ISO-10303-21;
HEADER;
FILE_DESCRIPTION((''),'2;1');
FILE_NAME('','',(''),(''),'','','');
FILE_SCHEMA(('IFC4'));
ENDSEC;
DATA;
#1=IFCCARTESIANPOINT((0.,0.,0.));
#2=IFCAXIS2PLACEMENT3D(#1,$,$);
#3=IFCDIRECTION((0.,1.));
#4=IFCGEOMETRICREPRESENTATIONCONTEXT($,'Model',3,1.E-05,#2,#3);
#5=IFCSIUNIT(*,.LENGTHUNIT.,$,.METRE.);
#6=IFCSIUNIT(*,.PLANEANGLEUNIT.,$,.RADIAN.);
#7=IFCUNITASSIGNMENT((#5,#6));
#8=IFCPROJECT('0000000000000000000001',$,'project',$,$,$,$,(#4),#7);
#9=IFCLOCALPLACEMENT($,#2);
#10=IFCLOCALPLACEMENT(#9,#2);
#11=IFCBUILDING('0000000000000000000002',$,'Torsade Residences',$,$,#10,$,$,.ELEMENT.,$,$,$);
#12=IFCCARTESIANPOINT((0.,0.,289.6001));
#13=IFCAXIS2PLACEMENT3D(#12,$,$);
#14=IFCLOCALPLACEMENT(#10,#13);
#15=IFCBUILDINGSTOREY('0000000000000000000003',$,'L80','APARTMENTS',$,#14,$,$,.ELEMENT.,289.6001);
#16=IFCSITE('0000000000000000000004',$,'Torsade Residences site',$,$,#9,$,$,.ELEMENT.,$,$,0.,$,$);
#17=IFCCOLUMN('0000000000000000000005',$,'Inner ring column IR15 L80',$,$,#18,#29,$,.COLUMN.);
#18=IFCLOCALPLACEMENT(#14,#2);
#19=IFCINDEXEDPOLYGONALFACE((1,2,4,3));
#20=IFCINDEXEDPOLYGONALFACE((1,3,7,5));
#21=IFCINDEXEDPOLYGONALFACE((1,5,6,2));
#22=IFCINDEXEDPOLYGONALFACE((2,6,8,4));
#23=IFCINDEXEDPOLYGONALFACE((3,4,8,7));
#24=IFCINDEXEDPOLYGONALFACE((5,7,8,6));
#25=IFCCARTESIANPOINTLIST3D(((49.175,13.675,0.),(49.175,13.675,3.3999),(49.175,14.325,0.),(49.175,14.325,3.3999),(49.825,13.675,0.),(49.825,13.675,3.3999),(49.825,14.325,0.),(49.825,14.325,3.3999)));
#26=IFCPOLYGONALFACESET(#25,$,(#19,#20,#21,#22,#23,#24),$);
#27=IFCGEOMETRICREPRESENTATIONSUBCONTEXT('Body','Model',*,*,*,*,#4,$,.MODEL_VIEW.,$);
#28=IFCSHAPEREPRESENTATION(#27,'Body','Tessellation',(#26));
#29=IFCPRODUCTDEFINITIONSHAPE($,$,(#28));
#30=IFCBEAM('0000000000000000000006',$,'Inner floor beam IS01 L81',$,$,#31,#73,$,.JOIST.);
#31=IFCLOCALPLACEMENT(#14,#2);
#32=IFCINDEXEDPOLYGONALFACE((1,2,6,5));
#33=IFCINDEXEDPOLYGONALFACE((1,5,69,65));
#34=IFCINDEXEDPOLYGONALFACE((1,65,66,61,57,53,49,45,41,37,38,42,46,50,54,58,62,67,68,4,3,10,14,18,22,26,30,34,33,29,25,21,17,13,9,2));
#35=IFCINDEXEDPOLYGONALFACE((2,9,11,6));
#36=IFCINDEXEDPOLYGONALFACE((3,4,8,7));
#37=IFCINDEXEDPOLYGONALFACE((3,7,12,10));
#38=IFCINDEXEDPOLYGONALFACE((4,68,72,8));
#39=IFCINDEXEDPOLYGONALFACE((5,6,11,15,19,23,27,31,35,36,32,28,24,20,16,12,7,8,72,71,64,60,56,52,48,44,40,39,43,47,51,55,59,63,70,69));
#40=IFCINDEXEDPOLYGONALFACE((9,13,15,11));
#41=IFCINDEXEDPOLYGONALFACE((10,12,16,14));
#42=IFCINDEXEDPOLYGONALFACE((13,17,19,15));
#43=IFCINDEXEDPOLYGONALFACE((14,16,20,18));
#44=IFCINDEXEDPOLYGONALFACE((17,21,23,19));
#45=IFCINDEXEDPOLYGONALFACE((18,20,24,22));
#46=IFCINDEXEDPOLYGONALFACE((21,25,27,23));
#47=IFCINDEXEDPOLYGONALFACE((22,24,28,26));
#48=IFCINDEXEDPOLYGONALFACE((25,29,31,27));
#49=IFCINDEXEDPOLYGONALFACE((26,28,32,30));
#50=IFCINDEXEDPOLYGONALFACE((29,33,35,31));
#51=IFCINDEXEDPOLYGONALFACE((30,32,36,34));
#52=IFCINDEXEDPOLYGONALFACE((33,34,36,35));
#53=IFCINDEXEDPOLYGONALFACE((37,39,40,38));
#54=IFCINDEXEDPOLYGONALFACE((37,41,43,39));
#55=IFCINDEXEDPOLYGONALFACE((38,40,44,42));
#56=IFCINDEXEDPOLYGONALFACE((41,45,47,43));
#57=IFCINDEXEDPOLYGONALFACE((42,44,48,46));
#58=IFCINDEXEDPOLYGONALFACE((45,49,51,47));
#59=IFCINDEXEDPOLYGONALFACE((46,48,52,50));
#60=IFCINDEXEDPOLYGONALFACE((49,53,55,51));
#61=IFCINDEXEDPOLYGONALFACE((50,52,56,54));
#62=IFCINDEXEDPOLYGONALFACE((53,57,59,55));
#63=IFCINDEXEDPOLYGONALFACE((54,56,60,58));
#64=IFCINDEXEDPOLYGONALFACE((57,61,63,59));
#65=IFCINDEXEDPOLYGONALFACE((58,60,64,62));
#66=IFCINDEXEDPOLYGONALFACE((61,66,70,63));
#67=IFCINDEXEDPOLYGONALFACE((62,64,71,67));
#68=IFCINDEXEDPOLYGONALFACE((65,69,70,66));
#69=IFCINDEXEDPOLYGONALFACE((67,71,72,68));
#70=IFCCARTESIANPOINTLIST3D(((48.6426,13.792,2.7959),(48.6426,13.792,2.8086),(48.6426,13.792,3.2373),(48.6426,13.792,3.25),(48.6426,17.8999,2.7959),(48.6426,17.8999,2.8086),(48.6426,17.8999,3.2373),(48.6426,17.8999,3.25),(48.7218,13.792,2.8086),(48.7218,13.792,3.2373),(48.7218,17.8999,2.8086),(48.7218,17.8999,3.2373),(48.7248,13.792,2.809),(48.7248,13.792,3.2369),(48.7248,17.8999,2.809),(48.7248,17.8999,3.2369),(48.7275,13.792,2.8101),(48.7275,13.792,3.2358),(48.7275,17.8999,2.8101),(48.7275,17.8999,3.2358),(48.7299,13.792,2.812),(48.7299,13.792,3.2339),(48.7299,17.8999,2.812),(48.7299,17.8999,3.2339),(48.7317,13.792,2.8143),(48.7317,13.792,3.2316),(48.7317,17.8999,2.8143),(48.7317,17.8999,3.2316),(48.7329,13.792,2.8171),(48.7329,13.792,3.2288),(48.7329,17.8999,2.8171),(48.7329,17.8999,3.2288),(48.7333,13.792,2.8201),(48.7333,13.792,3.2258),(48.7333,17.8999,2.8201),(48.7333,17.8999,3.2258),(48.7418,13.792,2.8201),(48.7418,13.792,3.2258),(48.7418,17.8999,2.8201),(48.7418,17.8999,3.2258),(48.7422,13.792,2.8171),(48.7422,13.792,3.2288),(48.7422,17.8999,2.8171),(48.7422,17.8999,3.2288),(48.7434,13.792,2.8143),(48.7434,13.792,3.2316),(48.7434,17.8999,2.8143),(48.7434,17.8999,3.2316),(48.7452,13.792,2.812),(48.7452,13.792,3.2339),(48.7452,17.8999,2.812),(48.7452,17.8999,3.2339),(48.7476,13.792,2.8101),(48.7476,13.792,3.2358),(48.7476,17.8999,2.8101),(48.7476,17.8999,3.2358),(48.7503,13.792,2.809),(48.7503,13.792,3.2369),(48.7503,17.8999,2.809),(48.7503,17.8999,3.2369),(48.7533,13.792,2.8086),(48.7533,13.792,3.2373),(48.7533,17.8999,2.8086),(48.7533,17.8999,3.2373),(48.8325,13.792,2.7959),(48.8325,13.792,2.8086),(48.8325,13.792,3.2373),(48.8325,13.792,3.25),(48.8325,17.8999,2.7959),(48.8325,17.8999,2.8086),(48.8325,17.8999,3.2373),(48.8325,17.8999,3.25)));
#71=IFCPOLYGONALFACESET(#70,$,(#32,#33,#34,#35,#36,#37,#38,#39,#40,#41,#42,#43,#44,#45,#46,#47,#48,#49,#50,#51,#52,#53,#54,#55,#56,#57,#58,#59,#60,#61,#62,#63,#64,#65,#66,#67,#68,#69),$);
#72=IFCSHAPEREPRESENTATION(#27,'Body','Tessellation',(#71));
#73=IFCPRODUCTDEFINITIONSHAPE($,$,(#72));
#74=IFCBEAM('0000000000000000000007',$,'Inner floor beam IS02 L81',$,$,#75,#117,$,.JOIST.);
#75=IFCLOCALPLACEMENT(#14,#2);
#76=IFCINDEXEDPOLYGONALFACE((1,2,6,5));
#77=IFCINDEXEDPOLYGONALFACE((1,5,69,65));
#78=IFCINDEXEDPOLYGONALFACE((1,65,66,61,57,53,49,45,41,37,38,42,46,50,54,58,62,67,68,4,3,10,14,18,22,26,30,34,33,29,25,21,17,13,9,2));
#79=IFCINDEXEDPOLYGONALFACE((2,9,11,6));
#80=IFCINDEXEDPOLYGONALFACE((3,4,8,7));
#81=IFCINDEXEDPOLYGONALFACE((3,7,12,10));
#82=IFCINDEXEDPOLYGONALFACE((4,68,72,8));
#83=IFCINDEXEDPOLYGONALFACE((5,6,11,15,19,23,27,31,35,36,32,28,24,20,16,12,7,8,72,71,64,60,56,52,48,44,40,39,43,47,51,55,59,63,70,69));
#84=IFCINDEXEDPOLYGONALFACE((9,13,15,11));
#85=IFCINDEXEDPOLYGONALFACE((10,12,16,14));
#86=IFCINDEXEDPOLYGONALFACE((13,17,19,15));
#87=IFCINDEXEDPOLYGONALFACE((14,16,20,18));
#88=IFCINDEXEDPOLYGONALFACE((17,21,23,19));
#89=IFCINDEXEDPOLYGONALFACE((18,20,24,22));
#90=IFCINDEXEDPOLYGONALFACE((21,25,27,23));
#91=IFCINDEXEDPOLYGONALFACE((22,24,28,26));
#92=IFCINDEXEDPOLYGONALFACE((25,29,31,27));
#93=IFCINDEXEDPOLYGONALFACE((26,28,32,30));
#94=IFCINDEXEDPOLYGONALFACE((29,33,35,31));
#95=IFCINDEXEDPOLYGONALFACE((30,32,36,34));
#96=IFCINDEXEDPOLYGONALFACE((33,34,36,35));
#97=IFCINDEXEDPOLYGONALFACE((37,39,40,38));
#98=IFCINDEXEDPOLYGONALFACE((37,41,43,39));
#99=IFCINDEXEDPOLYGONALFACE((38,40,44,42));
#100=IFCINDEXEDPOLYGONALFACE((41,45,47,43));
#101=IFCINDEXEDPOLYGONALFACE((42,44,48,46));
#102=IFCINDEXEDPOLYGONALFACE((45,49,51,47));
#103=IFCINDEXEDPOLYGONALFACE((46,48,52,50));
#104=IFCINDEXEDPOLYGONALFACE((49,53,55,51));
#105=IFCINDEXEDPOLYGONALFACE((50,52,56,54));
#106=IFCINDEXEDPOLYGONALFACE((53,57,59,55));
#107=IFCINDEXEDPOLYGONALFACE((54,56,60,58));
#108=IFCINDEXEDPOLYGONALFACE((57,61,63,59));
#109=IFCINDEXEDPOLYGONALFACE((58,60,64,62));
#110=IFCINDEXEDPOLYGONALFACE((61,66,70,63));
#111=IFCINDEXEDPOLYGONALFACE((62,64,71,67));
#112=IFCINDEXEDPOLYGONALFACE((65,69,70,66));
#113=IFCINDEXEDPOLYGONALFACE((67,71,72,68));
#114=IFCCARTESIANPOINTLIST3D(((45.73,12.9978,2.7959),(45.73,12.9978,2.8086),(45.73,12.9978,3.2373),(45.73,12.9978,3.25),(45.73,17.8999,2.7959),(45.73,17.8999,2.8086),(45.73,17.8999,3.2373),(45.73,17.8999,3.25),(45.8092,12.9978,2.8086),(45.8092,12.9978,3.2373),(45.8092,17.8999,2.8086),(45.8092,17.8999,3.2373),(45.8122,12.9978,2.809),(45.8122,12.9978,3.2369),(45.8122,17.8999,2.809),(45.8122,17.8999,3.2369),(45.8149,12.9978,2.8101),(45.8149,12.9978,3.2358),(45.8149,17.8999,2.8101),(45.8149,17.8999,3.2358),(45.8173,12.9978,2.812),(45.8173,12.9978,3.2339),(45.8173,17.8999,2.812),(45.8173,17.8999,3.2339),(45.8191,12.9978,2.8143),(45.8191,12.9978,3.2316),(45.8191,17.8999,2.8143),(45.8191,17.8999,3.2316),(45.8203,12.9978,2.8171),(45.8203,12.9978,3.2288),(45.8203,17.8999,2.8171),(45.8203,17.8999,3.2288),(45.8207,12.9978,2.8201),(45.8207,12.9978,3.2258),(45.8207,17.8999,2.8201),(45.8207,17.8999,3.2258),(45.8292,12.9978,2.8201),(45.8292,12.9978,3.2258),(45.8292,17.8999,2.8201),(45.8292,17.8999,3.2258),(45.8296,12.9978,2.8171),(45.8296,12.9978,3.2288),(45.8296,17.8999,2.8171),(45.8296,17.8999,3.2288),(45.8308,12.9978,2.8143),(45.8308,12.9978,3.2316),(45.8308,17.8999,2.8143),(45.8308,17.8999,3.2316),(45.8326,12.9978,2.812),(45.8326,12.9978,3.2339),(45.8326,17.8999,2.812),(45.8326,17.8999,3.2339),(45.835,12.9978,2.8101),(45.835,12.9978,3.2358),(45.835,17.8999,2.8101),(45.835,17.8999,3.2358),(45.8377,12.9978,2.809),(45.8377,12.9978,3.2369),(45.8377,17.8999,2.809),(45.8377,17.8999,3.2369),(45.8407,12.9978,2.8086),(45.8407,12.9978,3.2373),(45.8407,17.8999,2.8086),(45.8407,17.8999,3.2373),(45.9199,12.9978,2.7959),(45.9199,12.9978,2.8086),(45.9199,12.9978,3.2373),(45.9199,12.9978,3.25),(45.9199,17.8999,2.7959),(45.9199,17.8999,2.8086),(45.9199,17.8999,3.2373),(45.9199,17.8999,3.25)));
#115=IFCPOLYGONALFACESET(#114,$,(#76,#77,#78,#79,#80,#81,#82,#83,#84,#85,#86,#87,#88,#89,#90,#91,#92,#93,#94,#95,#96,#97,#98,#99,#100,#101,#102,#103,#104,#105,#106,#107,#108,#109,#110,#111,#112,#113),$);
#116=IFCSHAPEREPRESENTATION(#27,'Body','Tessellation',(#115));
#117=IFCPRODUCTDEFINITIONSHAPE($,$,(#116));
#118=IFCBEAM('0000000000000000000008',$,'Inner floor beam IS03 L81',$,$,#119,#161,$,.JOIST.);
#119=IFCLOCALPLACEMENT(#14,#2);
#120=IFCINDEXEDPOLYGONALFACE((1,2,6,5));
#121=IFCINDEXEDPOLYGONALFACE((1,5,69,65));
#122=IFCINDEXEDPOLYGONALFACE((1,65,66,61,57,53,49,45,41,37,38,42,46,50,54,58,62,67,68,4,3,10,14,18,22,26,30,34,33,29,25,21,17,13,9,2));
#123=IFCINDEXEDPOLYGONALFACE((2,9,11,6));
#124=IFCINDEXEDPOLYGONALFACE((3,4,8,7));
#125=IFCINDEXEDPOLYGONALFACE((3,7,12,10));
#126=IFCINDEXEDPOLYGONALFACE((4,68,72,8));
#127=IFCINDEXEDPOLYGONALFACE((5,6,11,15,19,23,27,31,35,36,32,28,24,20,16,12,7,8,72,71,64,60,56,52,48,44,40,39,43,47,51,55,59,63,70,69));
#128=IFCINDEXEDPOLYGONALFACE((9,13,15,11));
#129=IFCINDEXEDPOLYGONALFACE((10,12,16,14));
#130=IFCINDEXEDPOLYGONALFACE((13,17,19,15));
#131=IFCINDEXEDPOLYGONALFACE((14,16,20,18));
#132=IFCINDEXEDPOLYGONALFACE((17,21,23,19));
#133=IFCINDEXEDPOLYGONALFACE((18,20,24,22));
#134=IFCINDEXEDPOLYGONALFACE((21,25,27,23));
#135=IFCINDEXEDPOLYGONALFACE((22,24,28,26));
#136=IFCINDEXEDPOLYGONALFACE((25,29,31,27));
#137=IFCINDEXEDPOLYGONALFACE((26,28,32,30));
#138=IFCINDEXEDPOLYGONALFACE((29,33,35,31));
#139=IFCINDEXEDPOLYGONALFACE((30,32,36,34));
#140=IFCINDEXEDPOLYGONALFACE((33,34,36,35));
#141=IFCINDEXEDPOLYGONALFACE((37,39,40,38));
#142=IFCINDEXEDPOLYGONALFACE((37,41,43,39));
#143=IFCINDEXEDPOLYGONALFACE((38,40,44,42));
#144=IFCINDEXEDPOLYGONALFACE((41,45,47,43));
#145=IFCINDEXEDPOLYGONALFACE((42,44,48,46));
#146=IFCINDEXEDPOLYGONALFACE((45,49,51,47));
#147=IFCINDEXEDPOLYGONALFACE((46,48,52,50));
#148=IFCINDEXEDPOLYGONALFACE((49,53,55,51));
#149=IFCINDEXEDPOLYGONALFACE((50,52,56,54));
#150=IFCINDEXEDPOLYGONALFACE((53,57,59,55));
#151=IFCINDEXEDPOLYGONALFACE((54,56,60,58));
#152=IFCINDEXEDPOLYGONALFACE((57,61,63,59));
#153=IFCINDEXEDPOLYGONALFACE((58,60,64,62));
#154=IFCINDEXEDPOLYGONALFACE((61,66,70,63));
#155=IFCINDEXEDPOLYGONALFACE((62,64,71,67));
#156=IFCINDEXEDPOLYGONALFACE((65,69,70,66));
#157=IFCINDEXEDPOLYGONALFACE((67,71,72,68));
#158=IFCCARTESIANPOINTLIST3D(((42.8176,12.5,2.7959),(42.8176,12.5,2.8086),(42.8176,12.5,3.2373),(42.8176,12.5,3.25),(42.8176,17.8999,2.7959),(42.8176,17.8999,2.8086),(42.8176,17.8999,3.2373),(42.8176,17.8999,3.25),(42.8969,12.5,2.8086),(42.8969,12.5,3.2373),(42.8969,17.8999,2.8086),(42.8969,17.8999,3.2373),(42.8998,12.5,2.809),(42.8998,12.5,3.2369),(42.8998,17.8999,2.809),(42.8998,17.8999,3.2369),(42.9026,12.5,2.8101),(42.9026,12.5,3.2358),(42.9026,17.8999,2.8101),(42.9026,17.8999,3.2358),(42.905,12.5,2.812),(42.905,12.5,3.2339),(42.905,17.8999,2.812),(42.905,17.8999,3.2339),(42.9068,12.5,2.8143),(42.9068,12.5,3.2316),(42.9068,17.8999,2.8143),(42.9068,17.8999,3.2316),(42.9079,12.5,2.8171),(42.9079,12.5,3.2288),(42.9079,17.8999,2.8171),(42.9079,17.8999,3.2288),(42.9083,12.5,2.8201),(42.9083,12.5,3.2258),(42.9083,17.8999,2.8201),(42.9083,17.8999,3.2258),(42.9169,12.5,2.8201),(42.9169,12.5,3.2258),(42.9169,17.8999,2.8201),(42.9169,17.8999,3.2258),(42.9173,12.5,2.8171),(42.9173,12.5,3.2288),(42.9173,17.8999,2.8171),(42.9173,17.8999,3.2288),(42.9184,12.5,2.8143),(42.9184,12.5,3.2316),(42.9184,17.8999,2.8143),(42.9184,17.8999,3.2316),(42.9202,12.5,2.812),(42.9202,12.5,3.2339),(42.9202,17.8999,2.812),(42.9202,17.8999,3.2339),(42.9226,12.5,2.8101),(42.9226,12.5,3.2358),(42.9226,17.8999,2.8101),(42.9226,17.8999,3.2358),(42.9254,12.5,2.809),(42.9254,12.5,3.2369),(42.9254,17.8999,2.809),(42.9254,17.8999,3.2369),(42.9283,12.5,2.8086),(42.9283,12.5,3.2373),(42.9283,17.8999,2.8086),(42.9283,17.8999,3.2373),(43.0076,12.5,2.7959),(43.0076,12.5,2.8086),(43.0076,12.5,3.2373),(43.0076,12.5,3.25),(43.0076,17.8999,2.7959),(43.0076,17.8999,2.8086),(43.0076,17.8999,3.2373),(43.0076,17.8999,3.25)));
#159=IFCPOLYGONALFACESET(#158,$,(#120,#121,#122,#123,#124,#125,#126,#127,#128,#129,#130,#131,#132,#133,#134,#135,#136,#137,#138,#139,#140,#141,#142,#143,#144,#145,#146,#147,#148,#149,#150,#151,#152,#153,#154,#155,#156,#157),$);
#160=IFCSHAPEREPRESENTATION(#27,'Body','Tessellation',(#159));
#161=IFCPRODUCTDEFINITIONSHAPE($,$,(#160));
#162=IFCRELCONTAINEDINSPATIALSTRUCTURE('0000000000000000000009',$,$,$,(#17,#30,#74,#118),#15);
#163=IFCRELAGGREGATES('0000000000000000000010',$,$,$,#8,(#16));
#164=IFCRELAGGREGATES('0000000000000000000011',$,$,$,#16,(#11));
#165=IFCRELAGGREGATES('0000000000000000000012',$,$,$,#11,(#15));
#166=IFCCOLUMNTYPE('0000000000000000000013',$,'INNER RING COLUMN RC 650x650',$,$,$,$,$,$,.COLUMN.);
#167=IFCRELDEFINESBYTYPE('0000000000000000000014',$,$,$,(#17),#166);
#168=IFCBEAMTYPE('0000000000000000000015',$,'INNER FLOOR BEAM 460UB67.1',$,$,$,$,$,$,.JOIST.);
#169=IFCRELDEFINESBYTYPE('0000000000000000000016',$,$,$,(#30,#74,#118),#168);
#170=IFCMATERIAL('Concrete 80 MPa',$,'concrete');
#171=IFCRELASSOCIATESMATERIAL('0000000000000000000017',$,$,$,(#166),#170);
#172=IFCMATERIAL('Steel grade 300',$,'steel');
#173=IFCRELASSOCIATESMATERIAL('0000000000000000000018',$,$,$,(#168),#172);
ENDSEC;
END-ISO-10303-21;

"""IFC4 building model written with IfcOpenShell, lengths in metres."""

from ifc_helpers import new_model, si_unit, direction, frame, origin, origin_2d, place, context, subcontext, project, spatial, rectangle, i_section, extrude, material, material_profile, profile_set, type_object, element, save


model = new_model("IFC4")

# Units and contexts
model_context = context("Model", 3, precision=1e-05, world=origin(), true_north=direction((0.0, 1.0)))
body_context = subcontext(model_context, "Body", "Model", "MODEL_VIEW")
ifc_project = project(units=[si_unit("LENGTHUNIT", "METRE"), si_unit("PLANEANGLEUNIT", "RADIAN")], contexts=[model_context])

# Site, building, storey
site_placement = place(None, origin())
site = spatial("IfcSite", under=ifc_project, at=site_placement, Name="Torsade Residences site", CompositionType="ELEMENT", RefElevation=0.0)
building_placement = place(site_placement, origin())
building = spatial("IfcBuilding", under=site, at=building_placement, Name="Torsade Residences", CompositionType="ELEMENT")
storey_placement = place(building_placement, frame((0.0, 0.0, 289.6001)))
storey = spatial("IfcBuildingStorey", under=building, at=storey_placement, Name="L80", Description="APARTMENTS", CompositionType="ELEMENT", Elevation=289.6001)

# Column
ifc_material_1 = material(Name="Concrete 80 MPa", Category="concrete")
ifc_material_profile_1 = material_profile(ifc_material_1, rectangle(XDim=0.6499, YDim=0.6499, at=origin_2d()), Name="RC 650x650")
ifc_profile_set_1 = profile_set([ifc_material_profile_1], Name="Concrete 80 MPa")
column_type = type_object("IfcColumnType", Name="INNER RING COLUMN RC 650x650", PredefinedType="COLUMN", material=ifc_profile_set_1)
column_placement = place(storey_placement, frame((49.5, 14.0, 0.0), z_axis=(0.0, 0.0, 1.0), x_axis=(1.0, 0.0, 0.0)))
element("IfcColumn", 1, at=column_placement, inside=storey, type_object=column_type, Name="Inner ring column IR15 L80", PredefinedType="COLUMN", context=body_context, shape_type="SweptSolid", body=[
    extrude(rectangle(XDim=0.6499, YDim=0.6499, at=origin_2d()), origin(), (0.0, 0.0, 1.0), 3.3999),
])

# Beams
ifc_material_2 = material(Name="Steel grade 300", Category="steel")
ifc_material_profile_2 = material_profile(ifc_material_2, i_section(OverallWidth=0.1899, OverallDepth=0.4541, WebThickness=0.0085, FlangeThickness=0.0127, FilletRadius=0.0115, at=origin_2d()), Name="460UB67.1")
ifc_profile_set_2 = profile_set([ifc_material_profile_2], Name="Steel grade 300")
beam_type_1 = type_object("IfcBeamType", Name="INNER FLOOR BEAM 460UB67.1", PredefinedType="JOIST", material=ifc_profile_set_2)
beam_1_placement = place(storey_placement, frame((48.7375, 17.8999, 3.0229), z_axis=(0.0, -1.0, 0.0), x_axis=(1.0, 0.0, 0.0)))
element("IfcBeam", 2, at=beam_1_placement, inside=storey, type_object=beam_type_1, Name="Inner floor beam IS01 L81", PredefinedType="JOIST", context=body_context, shape_type="SweptSolid", body=[
    extrude(i_section(OverallWidth=0.1899, OverallDepth=0.4541, WebThickness=0.0085, FlangeThickness=0.0127, FilletRadius=0.0115, at=origin_2d()), origin(), (0.0, 0.0, 1.0), 4.1079),
])
beam_2_placement = place(storey_placement, frame((45.825, 17.8999, 3.0229), z_axis=(0.0, -1.0, 0.0), x_axis=(1.0, 0.0, 0.0)))
element("IfcBeam", 3, at=beam_2_placement, inside=storey, type_object=beam_type_1, Name="Inner floor beam IS02 L81", PredefinedType="JOIST", context=body_context, shape_type="SweptSolid", body=[
    extrude(i_section(OverallWidth=0.1899, OverallDepth=0.4541, WebThickness=0.0085, FlangeThickness=0.0127, FilletRadius=0.0115, at=origin_2d()), origin(), (0.0, 0.0, 1.0), 4.9021),
])
for number, where, z_axis, x_axis, name in (
    (4, (42.9126, 17.8999, 3.0229), (0.0, -1.0, 0.0), (1.0, 0.0, 0.0), "Inner floor beam IS03 L81"),
):
    element("IfcBeam", number, at=place(storey_placement, frame(where, z_axis=z_axis, x_axis=x_axis)), inside=storey, type_object=beam_type_1, Name=name, PredefinedType="JOIST", context=body_context, shape_type="SweptSolid", body=[
        extrude(i_section(OverallWidth=0.1899, OverallDepth=0.4541, WebThickness=0.0085, FlangeThickness=0.0127, FilletRadius=0.0115, at=origin_2d()), origin(), (0.0, 0.0, 1.0), 5.3999),
    ])

save(model, "model.ifc")
